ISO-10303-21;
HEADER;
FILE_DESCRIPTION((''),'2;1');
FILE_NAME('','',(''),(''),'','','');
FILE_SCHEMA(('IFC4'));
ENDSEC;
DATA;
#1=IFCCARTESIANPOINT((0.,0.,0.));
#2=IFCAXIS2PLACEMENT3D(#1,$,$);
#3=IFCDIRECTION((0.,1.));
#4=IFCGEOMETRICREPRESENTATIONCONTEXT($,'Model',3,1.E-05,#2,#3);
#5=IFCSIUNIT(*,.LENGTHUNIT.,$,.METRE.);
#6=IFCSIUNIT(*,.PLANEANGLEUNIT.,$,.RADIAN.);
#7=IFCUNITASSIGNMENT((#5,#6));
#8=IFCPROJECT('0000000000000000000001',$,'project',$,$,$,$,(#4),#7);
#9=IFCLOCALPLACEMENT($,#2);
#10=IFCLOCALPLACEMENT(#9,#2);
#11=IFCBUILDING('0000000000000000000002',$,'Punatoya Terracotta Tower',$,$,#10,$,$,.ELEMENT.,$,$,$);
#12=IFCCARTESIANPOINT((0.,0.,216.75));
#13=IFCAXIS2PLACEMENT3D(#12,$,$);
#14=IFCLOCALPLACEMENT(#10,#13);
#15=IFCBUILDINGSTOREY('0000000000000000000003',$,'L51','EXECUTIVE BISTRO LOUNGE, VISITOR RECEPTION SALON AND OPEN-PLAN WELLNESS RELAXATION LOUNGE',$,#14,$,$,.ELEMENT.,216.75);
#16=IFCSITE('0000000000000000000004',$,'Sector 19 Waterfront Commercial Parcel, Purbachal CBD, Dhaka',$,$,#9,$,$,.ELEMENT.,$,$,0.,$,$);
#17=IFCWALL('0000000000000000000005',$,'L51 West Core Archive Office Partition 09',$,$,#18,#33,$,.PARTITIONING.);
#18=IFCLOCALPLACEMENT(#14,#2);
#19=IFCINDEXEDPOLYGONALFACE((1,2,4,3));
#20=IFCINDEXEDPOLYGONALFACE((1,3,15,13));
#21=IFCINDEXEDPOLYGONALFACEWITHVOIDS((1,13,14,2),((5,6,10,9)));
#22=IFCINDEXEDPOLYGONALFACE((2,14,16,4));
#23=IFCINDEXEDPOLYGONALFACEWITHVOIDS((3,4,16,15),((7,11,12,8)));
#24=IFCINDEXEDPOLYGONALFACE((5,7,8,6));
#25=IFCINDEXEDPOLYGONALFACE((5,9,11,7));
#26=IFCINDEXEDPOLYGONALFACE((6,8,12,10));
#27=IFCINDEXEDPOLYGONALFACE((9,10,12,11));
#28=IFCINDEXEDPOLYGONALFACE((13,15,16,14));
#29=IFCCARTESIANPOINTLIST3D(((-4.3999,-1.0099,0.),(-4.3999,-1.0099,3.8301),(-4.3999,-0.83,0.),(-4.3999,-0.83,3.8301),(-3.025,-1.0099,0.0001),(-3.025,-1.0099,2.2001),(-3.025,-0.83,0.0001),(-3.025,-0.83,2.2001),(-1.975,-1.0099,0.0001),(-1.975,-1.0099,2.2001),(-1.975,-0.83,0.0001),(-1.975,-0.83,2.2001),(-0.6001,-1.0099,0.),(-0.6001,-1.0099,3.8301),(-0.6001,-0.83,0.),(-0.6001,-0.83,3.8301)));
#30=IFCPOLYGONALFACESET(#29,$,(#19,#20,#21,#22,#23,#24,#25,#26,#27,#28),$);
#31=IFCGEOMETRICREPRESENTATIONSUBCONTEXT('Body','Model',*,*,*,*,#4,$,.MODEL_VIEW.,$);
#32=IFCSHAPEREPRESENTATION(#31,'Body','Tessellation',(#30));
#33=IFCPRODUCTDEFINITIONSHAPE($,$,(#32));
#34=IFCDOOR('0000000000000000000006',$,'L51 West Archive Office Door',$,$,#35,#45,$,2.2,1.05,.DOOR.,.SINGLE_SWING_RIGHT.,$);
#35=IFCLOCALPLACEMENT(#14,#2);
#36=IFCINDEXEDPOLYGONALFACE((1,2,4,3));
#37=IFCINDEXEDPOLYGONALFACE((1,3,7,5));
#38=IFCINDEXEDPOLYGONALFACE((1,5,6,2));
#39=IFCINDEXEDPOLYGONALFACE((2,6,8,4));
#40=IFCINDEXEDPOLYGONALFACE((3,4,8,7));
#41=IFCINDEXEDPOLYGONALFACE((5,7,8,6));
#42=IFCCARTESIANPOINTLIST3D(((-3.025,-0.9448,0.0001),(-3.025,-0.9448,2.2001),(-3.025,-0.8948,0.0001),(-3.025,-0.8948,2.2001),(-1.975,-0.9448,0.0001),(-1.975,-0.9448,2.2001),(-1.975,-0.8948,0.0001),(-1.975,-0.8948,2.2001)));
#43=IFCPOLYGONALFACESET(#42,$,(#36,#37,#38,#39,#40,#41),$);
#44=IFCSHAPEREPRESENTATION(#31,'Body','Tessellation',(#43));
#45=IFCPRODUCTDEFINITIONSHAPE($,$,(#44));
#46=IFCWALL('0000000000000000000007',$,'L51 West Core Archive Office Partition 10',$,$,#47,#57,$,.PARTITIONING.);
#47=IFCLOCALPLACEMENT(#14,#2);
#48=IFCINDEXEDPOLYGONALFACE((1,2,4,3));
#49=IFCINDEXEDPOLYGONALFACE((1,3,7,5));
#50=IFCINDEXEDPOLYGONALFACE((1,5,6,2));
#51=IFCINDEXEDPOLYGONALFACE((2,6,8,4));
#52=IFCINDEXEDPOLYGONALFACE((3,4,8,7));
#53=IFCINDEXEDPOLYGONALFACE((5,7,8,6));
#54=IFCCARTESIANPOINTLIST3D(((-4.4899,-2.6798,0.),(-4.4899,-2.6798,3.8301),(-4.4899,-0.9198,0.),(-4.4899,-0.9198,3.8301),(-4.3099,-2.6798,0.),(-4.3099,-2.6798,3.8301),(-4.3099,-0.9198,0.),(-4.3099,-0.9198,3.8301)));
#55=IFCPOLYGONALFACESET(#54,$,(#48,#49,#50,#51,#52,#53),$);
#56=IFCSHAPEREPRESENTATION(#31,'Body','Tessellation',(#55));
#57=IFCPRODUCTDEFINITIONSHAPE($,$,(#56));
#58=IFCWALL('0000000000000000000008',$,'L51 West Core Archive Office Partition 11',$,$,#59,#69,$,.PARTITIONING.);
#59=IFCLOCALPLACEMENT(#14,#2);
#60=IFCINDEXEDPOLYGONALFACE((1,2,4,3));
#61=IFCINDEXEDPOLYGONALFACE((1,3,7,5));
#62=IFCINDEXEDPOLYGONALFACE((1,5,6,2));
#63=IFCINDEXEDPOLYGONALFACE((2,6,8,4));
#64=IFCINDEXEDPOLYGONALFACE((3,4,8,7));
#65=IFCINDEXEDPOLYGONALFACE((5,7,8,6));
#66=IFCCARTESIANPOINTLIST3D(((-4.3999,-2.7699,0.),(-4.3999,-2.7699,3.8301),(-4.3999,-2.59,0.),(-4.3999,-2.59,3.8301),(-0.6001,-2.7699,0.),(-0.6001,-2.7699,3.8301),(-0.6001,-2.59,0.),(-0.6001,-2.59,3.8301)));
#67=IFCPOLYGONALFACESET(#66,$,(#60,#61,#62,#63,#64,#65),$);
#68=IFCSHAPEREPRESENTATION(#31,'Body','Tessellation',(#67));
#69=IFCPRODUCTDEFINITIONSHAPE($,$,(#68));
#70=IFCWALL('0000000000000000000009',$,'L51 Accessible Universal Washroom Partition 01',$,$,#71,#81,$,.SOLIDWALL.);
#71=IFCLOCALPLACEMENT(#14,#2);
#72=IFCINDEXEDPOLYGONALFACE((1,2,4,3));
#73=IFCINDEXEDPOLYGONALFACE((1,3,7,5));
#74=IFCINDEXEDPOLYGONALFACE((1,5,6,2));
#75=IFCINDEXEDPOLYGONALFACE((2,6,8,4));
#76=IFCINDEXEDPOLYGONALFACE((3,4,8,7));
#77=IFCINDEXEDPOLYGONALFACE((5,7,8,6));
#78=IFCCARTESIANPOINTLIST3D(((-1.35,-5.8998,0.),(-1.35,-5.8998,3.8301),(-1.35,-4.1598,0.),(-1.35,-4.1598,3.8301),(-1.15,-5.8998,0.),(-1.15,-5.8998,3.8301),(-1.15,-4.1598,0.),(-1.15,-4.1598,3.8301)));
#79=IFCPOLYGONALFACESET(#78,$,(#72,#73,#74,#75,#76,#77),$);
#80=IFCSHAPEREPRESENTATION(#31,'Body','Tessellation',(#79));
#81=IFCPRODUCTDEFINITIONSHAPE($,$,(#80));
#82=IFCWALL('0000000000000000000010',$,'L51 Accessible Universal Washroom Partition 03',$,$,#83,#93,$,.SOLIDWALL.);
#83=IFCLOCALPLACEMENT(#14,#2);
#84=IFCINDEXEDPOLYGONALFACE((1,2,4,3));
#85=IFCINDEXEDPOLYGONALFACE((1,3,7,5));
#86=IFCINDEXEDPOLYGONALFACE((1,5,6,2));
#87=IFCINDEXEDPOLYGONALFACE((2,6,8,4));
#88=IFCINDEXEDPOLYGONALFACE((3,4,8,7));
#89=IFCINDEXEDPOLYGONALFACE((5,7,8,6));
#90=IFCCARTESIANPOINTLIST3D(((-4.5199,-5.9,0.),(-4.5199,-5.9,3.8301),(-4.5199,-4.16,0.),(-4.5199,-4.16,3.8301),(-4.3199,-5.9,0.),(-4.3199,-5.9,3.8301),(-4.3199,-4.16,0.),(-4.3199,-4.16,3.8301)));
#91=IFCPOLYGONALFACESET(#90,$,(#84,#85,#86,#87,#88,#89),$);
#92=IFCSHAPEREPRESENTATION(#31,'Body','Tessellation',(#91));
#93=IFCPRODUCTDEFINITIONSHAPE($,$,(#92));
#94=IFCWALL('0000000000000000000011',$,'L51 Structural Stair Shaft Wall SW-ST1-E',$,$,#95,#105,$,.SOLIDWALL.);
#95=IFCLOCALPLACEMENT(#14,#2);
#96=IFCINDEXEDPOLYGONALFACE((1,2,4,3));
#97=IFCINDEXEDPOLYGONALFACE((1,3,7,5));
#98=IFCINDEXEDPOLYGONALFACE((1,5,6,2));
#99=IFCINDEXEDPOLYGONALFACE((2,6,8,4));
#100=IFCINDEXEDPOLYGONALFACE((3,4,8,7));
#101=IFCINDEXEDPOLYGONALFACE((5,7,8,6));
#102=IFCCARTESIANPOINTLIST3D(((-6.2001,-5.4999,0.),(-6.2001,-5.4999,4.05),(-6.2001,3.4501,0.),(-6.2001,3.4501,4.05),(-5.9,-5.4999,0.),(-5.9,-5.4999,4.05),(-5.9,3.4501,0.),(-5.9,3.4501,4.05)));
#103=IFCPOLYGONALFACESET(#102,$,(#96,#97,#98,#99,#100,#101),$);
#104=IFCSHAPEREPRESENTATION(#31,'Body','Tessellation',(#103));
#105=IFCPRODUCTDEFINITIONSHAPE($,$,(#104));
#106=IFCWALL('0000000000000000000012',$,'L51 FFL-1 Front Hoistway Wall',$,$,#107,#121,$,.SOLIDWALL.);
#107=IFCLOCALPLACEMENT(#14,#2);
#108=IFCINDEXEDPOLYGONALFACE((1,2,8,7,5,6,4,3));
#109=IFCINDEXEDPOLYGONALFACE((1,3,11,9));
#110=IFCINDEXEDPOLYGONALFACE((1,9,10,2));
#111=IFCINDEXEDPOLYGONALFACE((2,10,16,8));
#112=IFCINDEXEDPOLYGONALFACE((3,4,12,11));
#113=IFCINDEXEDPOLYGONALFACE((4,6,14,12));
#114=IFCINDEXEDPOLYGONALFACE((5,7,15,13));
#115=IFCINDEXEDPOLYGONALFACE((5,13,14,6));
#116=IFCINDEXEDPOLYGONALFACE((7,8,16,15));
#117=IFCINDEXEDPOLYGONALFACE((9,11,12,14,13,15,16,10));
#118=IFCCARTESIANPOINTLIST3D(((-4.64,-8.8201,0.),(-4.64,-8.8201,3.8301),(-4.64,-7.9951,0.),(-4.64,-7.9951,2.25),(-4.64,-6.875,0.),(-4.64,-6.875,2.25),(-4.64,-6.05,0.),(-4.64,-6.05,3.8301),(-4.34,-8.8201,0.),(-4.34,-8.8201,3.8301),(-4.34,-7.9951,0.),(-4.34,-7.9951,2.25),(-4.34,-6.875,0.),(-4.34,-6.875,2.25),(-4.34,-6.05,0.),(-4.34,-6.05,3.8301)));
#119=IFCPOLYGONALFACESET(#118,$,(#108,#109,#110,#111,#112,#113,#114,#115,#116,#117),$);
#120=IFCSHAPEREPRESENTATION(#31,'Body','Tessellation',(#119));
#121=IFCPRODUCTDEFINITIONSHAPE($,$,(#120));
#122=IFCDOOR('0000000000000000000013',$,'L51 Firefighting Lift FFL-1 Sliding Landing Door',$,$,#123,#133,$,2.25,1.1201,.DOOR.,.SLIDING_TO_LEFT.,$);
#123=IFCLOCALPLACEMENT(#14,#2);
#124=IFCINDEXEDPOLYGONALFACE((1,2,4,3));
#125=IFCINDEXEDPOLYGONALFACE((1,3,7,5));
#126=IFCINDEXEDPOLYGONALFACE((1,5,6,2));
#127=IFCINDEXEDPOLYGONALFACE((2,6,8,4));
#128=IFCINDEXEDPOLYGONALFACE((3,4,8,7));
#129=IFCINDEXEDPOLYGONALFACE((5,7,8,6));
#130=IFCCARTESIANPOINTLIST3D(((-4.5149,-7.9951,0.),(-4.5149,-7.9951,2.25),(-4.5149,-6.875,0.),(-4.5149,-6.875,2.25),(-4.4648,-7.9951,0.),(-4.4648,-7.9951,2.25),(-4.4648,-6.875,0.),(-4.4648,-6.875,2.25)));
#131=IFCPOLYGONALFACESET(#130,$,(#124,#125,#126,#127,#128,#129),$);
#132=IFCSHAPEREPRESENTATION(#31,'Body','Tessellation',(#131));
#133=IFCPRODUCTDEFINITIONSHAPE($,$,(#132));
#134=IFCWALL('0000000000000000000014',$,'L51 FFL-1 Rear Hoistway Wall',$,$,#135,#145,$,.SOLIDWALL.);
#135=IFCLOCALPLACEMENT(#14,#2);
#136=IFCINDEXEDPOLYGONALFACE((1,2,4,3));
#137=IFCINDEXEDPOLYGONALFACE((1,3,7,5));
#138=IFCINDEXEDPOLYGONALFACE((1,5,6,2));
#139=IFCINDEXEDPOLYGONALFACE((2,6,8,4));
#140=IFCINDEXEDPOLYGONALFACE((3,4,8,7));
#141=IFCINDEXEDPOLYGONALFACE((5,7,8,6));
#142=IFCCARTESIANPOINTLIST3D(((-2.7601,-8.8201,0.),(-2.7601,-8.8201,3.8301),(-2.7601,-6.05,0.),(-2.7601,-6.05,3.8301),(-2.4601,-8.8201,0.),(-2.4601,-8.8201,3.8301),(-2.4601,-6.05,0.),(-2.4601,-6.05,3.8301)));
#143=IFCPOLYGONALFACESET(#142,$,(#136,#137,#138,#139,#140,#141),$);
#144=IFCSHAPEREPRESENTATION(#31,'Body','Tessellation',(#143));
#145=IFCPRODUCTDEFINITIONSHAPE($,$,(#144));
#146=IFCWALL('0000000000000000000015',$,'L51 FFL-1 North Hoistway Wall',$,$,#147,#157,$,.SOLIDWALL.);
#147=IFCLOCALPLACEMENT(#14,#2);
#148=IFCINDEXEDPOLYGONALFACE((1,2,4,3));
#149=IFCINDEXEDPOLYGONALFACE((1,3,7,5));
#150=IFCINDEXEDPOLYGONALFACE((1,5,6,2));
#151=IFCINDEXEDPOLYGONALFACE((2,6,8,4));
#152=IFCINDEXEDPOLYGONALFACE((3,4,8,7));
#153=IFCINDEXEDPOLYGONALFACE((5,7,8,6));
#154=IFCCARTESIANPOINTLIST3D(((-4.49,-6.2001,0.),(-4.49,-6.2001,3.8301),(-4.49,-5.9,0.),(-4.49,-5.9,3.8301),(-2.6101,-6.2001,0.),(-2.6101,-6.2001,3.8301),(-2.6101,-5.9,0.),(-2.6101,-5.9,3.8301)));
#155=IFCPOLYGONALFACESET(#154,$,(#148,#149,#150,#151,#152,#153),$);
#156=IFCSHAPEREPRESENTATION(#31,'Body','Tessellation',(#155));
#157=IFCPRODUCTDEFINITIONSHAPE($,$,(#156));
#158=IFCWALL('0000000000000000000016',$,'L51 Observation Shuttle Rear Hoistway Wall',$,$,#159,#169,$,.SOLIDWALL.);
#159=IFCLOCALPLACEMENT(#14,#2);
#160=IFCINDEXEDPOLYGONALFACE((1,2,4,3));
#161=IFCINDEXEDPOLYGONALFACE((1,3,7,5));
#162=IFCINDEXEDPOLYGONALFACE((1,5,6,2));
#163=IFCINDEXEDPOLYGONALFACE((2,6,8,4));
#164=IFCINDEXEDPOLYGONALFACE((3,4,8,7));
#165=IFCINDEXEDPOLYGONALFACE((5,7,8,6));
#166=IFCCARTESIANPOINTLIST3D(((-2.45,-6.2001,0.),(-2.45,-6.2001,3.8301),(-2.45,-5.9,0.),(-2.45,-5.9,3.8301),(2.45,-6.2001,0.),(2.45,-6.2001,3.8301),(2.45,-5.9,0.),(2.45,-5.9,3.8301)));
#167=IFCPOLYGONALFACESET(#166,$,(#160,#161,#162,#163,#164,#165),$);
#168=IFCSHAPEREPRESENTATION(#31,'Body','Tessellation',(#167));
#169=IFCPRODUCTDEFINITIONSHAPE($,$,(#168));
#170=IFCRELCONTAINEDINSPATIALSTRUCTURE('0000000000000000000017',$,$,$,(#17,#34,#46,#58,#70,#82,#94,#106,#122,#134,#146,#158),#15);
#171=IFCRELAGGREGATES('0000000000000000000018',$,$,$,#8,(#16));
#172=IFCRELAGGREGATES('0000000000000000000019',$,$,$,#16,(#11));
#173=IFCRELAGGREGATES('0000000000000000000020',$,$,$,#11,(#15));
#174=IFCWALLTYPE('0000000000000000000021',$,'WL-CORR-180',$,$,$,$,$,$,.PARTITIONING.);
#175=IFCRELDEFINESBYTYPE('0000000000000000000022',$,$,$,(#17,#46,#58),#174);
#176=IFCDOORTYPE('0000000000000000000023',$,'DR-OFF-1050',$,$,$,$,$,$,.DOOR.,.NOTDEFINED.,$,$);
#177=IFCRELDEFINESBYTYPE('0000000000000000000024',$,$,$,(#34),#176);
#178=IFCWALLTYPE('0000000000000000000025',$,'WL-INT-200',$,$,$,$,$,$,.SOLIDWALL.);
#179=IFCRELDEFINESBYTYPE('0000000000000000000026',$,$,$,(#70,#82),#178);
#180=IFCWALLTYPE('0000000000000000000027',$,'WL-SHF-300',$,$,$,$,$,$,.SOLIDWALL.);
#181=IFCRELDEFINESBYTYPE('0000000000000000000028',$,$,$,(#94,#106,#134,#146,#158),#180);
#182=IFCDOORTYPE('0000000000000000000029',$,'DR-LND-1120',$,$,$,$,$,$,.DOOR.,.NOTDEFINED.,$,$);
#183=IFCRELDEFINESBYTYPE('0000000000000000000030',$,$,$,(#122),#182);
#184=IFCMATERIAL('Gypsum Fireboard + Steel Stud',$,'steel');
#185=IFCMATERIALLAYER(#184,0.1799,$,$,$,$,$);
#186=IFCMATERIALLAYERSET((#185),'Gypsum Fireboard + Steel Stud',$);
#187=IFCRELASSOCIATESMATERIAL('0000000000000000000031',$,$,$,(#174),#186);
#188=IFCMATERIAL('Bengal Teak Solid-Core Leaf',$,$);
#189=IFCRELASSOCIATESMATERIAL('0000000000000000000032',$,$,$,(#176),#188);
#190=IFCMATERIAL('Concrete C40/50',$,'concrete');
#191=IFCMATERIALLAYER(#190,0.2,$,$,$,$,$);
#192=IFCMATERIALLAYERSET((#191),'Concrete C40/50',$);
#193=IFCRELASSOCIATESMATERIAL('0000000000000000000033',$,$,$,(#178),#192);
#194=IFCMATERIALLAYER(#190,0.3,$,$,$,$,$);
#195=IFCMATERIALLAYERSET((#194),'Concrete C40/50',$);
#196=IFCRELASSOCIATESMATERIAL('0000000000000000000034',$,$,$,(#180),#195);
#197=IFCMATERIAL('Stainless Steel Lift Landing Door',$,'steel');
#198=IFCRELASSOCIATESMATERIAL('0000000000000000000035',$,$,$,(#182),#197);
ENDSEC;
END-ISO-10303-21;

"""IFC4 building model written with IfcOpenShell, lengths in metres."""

from ifc_helpers import new_model, si_unit, direction, frame, frame_2d, origin, place, context, subcontext, project, spatial, rectangle, extrude, material, layer, layer_set, type_object, element, fill, save


model = new_model("IFC4")

# Units and contexts
model_context = context("Model", 3, precision=1e-05, world=origin(), true_north=direction((0.0, 1.0)))
body_context = subcontext(model_context, "Body", "Model", "MODEL_VIEW")
ifc_project = project(units=[si_unit("LENGTHUNIT", "METRE"), si_unit("PLANEANGLEUNIT", "RADIAN")], contexts=[model_context])

# Site, building, storey
site_placement = place(None, origin())
site = spatial("IfcSite", under=ifc_project, at=site_placement, Name="Sector 19 Waterfront Commercial Parcel, Purbachal CBD, Dhaka", CompositionType="ELEMENT", RefElevation=0.0)
building_placement = place(site_placement, origin())
building = spatial("IfcBuilding", under=site, at=building_placement, Name="Punatoya Terracotta Tower", CompositionType="ELEMENT")
storey_placement = place(building_placement, frame((0.0, 0.0, 216.75)))
storey = spatial("IfcBuildingStorey", under=building, at=storey_placement, Name="L51", Description="EXECUTIVE BISTRO LOUNGE, VISITOR RECEPTION SALON AND OPEN-PLAN WELLNESS RELAXATION LOUNGE", CompositionType="ELEMENT", Elevation=216.75)

# Shared definitions
ifc_material_1 = material(Name="Concrete C40/50", Category="concrete")

# Shared definitions
ifc_material_2 = material(Name="Gypsum Fireboard + Steel Stud", Category="steel")
ifc_layer_1 = layer(ifc_material_2, 0.1799)
ifc_layer_set_1 = layer_set([ifc_layer_1], Name="Gypsum Fireboard + Steel Stud")
wall_type_1 = type_object("IfcWallType", Name="WL-CORR-180", PredefinedType="PARTITIONING", material=ifc_layer_set_1)

# Wall, opening, door
wall_1_placement = place(storey_placement, frame((-0.6001, -0.9199, 0.0), z_axis=(0.0, 0.0, 1.0), x_axis=(-1.0, 0.0, 0.0)))
wall_1 = element("IfcWall", 1, at=wall_1_placement, inside=storey, type_object=wall_type_1, Name="L51 West Core Archive Office Partition 09", PredefinedType="PARTITIONING", context=body_context, shape_type="SweptSolid", body=[
    extrude(rectangle(XDim=3.7998, YDim=0.1799, at=frame_2d((1.8999, 0.0))), origin(), (0.0, 0.0, 1.0), 3.8301),
])
opening_1_placement = place(wall_1_placement, frame((1.375, 0.0, 0.0)))
opening_1 = element("IfcOpeningElement", 2, at=opening_1_placement, cuts=wall_1, PredefinedType="OPENING", context=body_context, shape_type="SweptSolid", body=[
    extrude(rectangle(XDim=1.05, YDim=2.2, at=frame_2d((0.5249, 1.1001))), frame((0.0, 0.0999, 0.0), z_axis=(0.0, -1.0, 0.0), x_axis=(1.0, 0.0, 0.0)), (0.0, 0.0, 1.0), 0.2),
])
ifc_material_3 = material(Name="Bengal Teak Solid-Core Leaf")
door_type_1 = type_object("IfcDoorType", Name="DR-OFF-1050", OperationType="NOTDEFINED", PredefinedType="DOOR", material=ifc_material_3)
door_1_placement = place(opening_1_placement, origin())
door_1 = element("IfcDoor", 3, at=door_1_placement, inside=storey, type_object=door_type_1, Name="L51 West Archive Office Door", OperationType="SINGLE_SWING_RIGHT", OverallHeight=2.2, OverallWidth=1.05, PredefinedType="DOOR", context=body_context, shape_type="SweptSolid", body=[
    extrude(rectangle(XDim=1.05, YDim=2.2, at=frame_2d((0.5249, 1.1001))), frame((0.0, 0.0249, 0.0), z_axis=(0.0, -1.0, 0.0), x_axis=(1.0, 0.0, 0.0)), (0.0, 0.0, 1.0), 0.05),
])
fill(opening_1, door_1)

# Walls
wall_2_placement = place(storey_placement, frame((-4.3999, -0.9199, 0.0), z_axis=(0.0, 0.0, 1.0), x_axis=(0.0, -1.0, 0.0)))
element("IfcWall", 4, at=wall_2_placement, inside=storey, type_object=wall_type_1, Name="L51 West Core Archive Office Partition 10", PredefinedType="PARTITIONING", context=body_context, shape_type="SweptSolid", body=[
    extrude(rectangle(XDim=1.76, YDim=0.1799, at=frame_2d((0.8799, 0.0))), origin(), (0.0, 0.0, 1.0), 3.8301),
])
wall_3_placement = place(storey_placement, frame((-4.3999, -2.6799, 0.0), z_axis=(0.0, 0.0, 1.0), x_axis=(1.0, 0.0, 0.0)))
element("IfcWall", 5, at=wall_3_placement, inside=storey, type_object=wall_type_1, Name="L51 West Core Archive Office Partition 11", PredefinedType="PARTITIONING", context=body_context, shape_type="SweptSolid", body=[
    extrude(rectangle(XDim=3.7998, YDim=0.1799, at=frame_2d((1.8999, 0.0))), origin(), (0.0, 0.0, 1.0), 3.8301),
])
ifc_layer_2 = layer(ifc_material_1, 0.2)
ifc_layer_set_2 = layer_set([ifc_layer_2], Name="Concrete C40/50")
wall_type_2 = type_object("IfcWallType", Name="WL-INT-200", PredefinedType="SOLIDWALL", material=ifc_layer_set_2)
wall_4_placement = place(storey_placement, frame((-1.25, -5.8999, 0.0), z_axis=(0.0, 0.0, 1.0), x_axis=(0.0, 1.0, 0.0)))
element("IfcWall", 6, at=wall_4_placement, inside=storey, type_object=wall_type_2, Name="L51 Accessible Universal Washroom Partition 01", PredefinedType="SOLIDWALL", context=body_context, shape_type="SweptSolid", body=[
    extrude(rectangle(XDim=1.74, YDim=0.2, at=frame_2d((0.8701, 0.0))), origin(), (0.0, 0.0, 1.0), 3.8301),
])

# Walls
wall_5_placement = place(storey_placement, frame((-4.4199, -4.1599, 0.0), z_axis=(0.0, 0.0, 1.0), x_axis=(0.0, -1.0, 0.0)))
element("IfcWall", 7, at=wall_5_placement, inside=storey, type_object=wall_type_2, Name="L51 Accessible Universal Washroom Partition 03", PredefinedType="SOLIDWALL", context=body_context, shape_type="SweptSolid", body=[
    extrude(rectangle(XDim=1.74, YDim=0.2, at=frame_2d((0.8701, 0.0))), origin(), (0.0, 0.0, 1.0), 3.8301),
])
ifc_layer_3 = layer(ifc_material_1, 0.3)
ifc_layer_set_3 = layer_set([ifc_layer_3], Name="Concrete C40/50")
wall_type_3 = type_object("IfcWallType", Name="WL-SHF-300", PredefinedType="SOLIDWALL", material=ifc_layer_set_3)
wall_6_placement = place(storey_placement, frame((-6.05, -5.5, 0.0), z_axis=(0.0, 0.0, 1.0), x_axis=(0.0, 1.0, 0.0)))
element("IfcWall", 8, at=wall_6_placement, inside=storey, type_object=wall_type_3, Name="L51 Structural Stair Shaft Wall SW-ST1-E", PredefinedType="SOLIDWALL", context=body_context, shape_type="SweptSolid", body=[
    extrude(rectangle(XDim=8.95, YDim=0.3, at=frame_2d((4.4751, 0.0))), origin(), (0.0, 0.0, 1.0), 4.05),
])

# Wall, opening, door
wall_7_placement = place(storey_placement, frame((-4.49, -8.8201, 0.0), z_axis=(0.0, 0.0, 1.0), x_axis=(0.0, 1.0, 0.0)))
wall_7 = element("IfcWall", 9, at=wall_7_placement, inside=storey, type_object=wall_type_3, Name="L51 FFL-1 Front Hoistway Wall", PredefinedType="SOLIDWALL", context=body_context, shape_type="SweptSolid", body=[
    extrude(rectangle(XDim=2.77, YDim=0.3, at=frame_2d((1.385, 0.0))), origin(), (0.0, 0.0, 1.0), 3.8301),
])
opening_2_placement = place(wall_7_placement, frame((0.825, 0.0, 0.0)))
opening_2 = element("IfcOpeningElement", 10, at=opening_2_placement, cuts=wall_7, PredefinedType="OPENING", context=body_context, shape_type="SweptSolid", body=[
    extrude(rectangle(XDim=1.1201, YDim=2.25, at=frame_2d((0.5601, 1.125))), frame((0.0, 0.1599, 0.0), z_axis=(0.0, -1.0, 0.0), x_axis=(1.0, 0.0, 0.0)), (0.0, 0.0, 1.0), 0.3201),
])
ifc_material_4 = material(Name="Stainless Steel Lift Landing Door", Category="steel")
door_type_2 = type_object("IfcDoorType", Name="DR-LND-1120", OperationType="NOTDEFINED", PredefinedType="DOOR", material=ifc_material_4)
door_2_placement = place(opening_2_placement, origin())
door_2 = element("IfcDoor", 11, at=door_2_placement, inside=storey, type_object=door_type_2, Name="L51 Firefighting Lift FFL-1 Sliding Landing Door", OperationType="SLIDING_TO_LEFT", OverallHeight=2.25, OverallWidth=1.1201, PredefinedType="DOOR", context=body_context, shape_type="SweptSolid", body=[
    extrude(rectangle(XDim=1.1201, YDim=2.25, at=frame_2d((0.5601, 1.125))), frame((0.0, 0.0249, 0.0), z_axis=(0.0, -1.0, 0.0), x_axis=(1.0, 0.0, 0.0)), (0.0, 0.0, 1.0), 0.05),
])
fill(opening_2, door_2)

# Walls
wall_8_placement = place(storey_placement, frame((-2.6101, -8.8201, 0.0), z_axis=(0.0, 0.0, 1.0), x_axis=(0.0, 1.0, 0.0)))
element("IfcWall", 12, at=wall_8_placement, inside=storey, type_object=wall_type_3, Name="L51 FFL-1 Rear Hoistway Wall", PredefinedType="SOLIDWALL", context=body_context, shape_type="SweptSolid", body=[
    extrude(rectangle(XDim=2.77, YDim=0.3, at=frame_2d((1.385, 0.0))), origin(), (0.0, 0.0, 1.0), 3.8301),
])
wall_9_placement = place(storey_placement, frame((-4.49, -6.05, 0.0), z_axis=(0.0, 0.0, 1.0), x_axis=(1.0, 0.0, 0.0)))
element("IfcWall", 13, at=wall_9_placement, inside=storey, type_object=wall_type_3, Name="L51 FFL-1 North Hoistway Wall", PredefinedType="SOLIDWALL", context=body_context, shape_type="SweptSolid", body=[
    extrude(rectangle(XDim=1.8799, YDim=0.3, at=frame_2d((0.9399, 0.0))), origin(), (0.0, 0.0, 1.0), 3.8301),
])
wall_10_placement = place(storey_placement, frame((-2.45, -6.05, 0.0), z_axis=(0.0, 0.0, 1.0), x_axis=(1.0, 0.0, 0.0)))
element("IfcWall", 14, at=wall_10_placement, inside=storey, type_object=wall_type_3, Name="L51 Observation Shuttle Rear Hoistway Wall", PredefinedType="SOLIDWALL", context=body_context, shape_type="SweptSolid", body=[
    extrude(rectangle(XDim=4.8999, YDim=0.3, at=frame_2d((2.45, 0.0))), origin(), (0.0, 0.0, 1.0), 3.8301),
])

save(model, "model.ifc")
